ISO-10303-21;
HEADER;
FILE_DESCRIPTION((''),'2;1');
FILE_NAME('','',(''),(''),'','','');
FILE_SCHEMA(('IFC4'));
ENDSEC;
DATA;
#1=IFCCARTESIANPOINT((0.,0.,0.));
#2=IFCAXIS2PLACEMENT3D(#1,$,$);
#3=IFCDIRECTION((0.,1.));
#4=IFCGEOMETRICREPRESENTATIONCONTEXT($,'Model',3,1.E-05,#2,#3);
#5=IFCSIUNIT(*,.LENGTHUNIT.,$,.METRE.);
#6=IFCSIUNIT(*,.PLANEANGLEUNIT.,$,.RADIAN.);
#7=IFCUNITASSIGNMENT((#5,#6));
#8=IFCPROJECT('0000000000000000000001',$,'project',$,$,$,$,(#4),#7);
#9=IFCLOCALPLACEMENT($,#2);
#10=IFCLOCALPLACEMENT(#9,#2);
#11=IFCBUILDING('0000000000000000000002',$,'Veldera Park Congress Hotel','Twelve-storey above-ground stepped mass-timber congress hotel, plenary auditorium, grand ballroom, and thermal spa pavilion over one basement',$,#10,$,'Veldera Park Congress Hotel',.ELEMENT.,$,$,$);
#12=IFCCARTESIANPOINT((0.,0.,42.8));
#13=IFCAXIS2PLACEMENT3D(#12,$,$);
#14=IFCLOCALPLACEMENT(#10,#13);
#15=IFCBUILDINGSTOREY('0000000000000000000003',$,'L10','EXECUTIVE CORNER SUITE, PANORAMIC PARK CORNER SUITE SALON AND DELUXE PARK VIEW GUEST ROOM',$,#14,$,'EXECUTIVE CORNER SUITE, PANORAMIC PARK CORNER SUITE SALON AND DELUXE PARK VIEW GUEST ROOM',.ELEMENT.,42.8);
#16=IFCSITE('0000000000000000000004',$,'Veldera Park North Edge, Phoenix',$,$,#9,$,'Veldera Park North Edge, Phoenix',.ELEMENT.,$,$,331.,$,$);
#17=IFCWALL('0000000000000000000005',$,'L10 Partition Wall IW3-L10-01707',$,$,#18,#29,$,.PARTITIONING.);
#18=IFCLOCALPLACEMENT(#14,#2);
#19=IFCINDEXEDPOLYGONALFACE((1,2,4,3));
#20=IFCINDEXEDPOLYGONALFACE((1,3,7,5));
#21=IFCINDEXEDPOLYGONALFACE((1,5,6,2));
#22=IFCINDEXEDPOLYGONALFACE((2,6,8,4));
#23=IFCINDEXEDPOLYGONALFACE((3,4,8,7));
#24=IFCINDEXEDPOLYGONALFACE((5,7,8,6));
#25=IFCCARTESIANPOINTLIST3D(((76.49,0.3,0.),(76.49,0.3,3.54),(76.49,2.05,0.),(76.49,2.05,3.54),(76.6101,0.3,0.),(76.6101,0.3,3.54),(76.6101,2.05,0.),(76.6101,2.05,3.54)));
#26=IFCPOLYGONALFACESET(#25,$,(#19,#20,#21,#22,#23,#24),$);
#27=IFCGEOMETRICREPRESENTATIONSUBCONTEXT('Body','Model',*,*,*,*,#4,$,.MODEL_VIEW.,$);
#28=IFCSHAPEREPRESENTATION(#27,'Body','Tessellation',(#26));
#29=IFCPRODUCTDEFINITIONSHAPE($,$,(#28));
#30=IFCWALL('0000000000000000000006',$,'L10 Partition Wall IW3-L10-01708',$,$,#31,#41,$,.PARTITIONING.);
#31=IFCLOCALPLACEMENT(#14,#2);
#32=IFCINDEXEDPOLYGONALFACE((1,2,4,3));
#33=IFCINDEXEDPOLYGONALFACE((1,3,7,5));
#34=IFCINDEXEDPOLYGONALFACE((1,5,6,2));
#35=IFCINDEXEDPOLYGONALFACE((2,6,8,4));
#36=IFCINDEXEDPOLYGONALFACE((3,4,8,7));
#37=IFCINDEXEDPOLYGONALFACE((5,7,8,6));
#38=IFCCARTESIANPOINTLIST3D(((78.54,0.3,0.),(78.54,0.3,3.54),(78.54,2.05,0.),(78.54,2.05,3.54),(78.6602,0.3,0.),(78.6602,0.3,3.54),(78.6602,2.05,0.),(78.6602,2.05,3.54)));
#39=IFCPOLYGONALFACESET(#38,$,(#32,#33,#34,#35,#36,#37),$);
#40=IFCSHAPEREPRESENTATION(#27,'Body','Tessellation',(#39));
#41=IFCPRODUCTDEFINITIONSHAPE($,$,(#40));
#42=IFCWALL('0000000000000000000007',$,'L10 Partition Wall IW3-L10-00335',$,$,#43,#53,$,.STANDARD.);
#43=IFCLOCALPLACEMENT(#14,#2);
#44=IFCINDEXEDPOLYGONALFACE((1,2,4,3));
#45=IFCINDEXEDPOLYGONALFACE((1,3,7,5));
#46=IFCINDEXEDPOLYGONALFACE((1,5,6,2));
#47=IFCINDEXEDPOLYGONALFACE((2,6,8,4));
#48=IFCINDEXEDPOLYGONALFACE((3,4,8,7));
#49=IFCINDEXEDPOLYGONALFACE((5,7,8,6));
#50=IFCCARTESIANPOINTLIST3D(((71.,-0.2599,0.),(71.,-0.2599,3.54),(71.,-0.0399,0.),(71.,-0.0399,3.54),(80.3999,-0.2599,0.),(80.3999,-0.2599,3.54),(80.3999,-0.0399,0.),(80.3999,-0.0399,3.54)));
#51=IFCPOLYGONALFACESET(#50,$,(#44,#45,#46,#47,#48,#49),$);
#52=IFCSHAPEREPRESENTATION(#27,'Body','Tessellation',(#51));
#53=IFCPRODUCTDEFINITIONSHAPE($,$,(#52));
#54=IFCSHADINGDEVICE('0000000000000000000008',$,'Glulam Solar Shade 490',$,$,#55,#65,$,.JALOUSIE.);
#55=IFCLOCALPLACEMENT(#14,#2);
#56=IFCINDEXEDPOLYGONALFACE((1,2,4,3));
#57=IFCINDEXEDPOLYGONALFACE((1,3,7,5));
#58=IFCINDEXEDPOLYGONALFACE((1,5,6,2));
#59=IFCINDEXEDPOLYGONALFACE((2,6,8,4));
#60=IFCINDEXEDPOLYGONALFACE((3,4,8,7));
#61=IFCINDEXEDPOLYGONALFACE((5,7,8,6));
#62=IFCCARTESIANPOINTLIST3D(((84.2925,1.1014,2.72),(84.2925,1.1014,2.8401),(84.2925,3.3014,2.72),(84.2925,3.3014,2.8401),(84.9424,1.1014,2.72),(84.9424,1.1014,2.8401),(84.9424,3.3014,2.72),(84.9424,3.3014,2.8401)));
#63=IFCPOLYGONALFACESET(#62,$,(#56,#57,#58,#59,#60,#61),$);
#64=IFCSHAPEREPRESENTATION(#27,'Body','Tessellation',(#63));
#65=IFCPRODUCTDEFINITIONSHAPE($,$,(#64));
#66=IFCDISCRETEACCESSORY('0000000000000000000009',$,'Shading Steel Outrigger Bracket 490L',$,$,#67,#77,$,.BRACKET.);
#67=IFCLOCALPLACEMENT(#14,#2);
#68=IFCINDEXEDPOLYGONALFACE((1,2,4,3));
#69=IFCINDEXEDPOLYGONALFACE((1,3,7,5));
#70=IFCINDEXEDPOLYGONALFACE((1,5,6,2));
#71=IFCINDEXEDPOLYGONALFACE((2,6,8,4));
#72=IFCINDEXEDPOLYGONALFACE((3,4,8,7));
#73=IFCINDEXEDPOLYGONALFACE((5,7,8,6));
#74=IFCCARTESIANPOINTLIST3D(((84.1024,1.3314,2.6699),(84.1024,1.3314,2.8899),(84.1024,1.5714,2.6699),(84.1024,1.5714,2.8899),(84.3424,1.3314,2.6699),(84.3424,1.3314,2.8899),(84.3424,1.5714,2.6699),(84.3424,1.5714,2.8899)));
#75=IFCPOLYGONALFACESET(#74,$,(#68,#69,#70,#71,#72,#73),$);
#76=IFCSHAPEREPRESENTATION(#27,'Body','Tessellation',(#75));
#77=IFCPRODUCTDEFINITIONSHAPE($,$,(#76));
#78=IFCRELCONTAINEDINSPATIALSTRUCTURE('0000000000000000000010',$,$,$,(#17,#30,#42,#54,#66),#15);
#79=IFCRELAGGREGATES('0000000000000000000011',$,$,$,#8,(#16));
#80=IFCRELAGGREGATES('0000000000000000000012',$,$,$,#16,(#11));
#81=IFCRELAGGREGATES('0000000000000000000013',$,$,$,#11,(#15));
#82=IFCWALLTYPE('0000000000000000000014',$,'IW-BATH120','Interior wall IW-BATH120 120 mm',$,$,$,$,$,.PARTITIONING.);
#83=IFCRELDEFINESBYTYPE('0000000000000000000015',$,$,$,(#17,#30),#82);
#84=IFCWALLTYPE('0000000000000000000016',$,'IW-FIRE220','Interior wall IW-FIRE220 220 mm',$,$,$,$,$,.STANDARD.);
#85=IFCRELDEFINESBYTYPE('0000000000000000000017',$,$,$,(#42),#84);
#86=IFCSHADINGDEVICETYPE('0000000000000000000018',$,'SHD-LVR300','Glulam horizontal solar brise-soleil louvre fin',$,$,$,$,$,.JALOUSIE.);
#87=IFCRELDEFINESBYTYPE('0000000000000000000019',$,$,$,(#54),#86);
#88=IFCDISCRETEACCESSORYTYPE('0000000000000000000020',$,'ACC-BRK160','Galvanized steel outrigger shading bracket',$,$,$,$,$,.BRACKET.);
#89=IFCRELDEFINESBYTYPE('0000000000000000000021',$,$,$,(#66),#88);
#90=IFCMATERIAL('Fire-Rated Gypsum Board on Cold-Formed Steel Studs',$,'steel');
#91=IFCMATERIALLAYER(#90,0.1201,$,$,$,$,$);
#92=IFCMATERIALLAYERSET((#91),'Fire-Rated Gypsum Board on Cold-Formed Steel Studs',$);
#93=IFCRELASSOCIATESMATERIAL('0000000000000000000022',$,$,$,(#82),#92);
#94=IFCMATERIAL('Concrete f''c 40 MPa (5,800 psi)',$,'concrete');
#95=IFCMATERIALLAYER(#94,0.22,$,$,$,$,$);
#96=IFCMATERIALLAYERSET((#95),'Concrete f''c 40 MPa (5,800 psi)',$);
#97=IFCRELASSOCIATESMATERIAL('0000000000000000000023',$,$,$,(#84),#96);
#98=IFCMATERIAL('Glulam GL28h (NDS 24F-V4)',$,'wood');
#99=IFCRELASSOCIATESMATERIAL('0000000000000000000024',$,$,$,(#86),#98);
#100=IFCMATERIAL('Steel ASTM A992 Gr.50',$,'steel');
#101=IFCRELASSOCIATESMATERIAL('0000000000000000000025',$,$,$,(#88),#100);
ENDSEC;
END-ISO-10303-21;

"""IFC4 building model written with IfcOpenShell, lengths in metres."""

from ifc_helpers import new_model, si_unit, direction, frame, frame_2d, origin, origin_2d, place, context, subcontext, project, spatial, rectangle, extrude, material, layer, layer_set, type_object, element, save


model = new_model("IFC4")

# Units and contexts
model_context = context("Model", 3, precision=1e-05, world=origin(), true_north=direction((0.0, 1.0)))
body_context = subcontext(model_context, "Body", "Model", "MODEL_VIEW")
ifc_project = project(units=[si_unit("LENGTHUNIT", "METRE"), si_unit("PLANEANGLEUNIT", "RADIAN")], contexts=[model_context])

# Site, building, storey
site_placement = place(None, origin())
site = spatial("IfcSite", under=ifc_project, at=site_placement, Name="Veldera Park North Edge, Phoenix", LongName="Veldera Park North Edge, Phoenix", CompositionType="ELEMENT", RefElevation=331.0)
building_placement = place(site_placement, origin())
building = spatial("IfcBuilding", under=site, at=building_placement, Name="Veldera Park Congress Hotel", Description="Twelve-storey above-ground stepped mass-timber congress hotel, plenary auditorium, grand ballroom, and thermal spa pavilion over one basement", LongName="Veldera Park Congress Hotel", CompositionType="ELEMENT")
storey_placement = place(building_placement, frame((0.0, 0.0, 42.8)))
storey = spatial("IfcBuildingStorey", under=building, at=storey_placement, Name="L10", Description="EXECUTIVE CORNER SUITE, PANORAMIC PARK CORNER SUITE SALON AND DELUXE PARK VIEW GUEST ROOM", LongName="EXECUTIVE CORNER SUITE, PANORAMIC PARK CORNER SUITE SALON AND DELUXE PARK VIEW GUEST ROOM", CompositionType="ELEMENT", Elevation=42.8)

# Shared definitions
ifc_material_1 = material(Name="Glulam GL28h (NDS 24F-V4)", Category="wood")

# Walls
ifc_material_2 = material(Name="Fire-Rated Gypsum Board on Cold-Formed Steel Studs", Category="steel")
ifc_layer_1 = layer(ifc_material_2, 0.1201)
ifc_layer_set_1 = layer_set([ifc_layer_1], Name="Fire-Rated Gypsum Board on Cold-Formed Steel Studs")
wall_type_1 = type_object("IfcWallType", Name="IW-BATH120", Description="Interior wall IW-BATH120 120 mm", PredefinedType="PARTITIONING", material=ifc_layer_set_1)
for number, where, z_axis, x_axis, name in (
    (1, (76.55, 0.3, 0.0), (0.0, 0.0, 1.0), (0.0, 1.0, 0.0), "L10 Partition Wall IW3-L10-01707"),
    (2, (78.6001, 0.3, 0.0), (0.0, 0.0, 1.0), (0.0, 1.0, 0.0), "L10 Partition Wall IW3-L10-01708"),
):
    element("IfcWall", number, at=place(storey_placement, frame(where, z_axis=z_axis, x_axis=x_axis)), inside=storey, type_object=wall_type_1, Name=name, PredefinedType="PARTITIONING", context=body_context, shape_type="SweptSolid", body=[
        extrude(rectangle(XDim=1.75, YDim=0.1201, at=frame_2d((0.875, 0.0))), origin(), (0.0, 0.0, 1.0), 3.54),
    ])

# Wall
ifc_material_3 = material(Name="Concrete f'c 40 MPa (5,800 psi)", Category="concrete")
ifc_layer_2 = layer(ifc_material_3, 0.22)
ifc_layer_set_2 = layer_set([ifc_layer_2], Name="Concrete f'c 40 MPa (5,800 psi)")
wall_type_2 = type_object("IfcWallType", Name="IW-FIRE220", Description="Interior wall IW-FIRE220 220 mm", PredefinedType="STANDARD", material=ifc_layer_set_2)
wall_1_placement = place(storey_placement, frame((80.3999, -0.1499, 0.0), z_axis=(0.0, 0.0, 1.0), x_axis=(-1.0, 0.0, 0.0)))
element("IfcWall", 3, at=wall_1_placement, inside=storey, type_object=wall_type_2, Name="L10 Partition Wall IW3-L10-00335", PredefinedType="STANDARD", context=body_context, shape_type="SweptSolid", body=[
    extrude(rectangle(XDim=9.3999, YDim=0.22, at=frame_2d((4.7, 0.0))), origin(), (0.0, 0.0, 1.0), 3.54),
])

# Shading device
shading_device_type = type_object("IfcShadingDeviceType", Name="SHD-LVR300", Description="Glulam horizontal solar brise-soleil louvre fin", PredefinedType="JALOUSIE", material=ifc_material_1)
shading_device_placement = place(storey_placement, frame((84.6174, 2.2014, 2.72), z_axis=(0.0, 0.0, 1.0), x_axis=(0.0, 1.0, 0.0)))
element("IfcShadingDevice", 4, at=shading_device_placement, inside=storey, type_object=shading_device_type, Name="Glulam Solar Shade 490", PredefinedType="JALOUSIE", context=body_context, shape_type="SweptSolid", body=[
    extrude(rectangle(XDim=2.2, YDim=0.6499, at=origin_2d()), origin(), (0.0, 0.0, 1.0), 0.1201),
])

# Discrete accessory
ifc_material_4 = material(Name="Steel ASTM A992 Gr.50", Category="steel")
discrete_accessory_type = type_object("IfcDiscreteAccessoryType", Name="ACC-BRK160", Description="Galvanized steel outrigger shading bracket", PredefinedType="BRACKET", material=ifc_material_4)
discrete_accessory_placement = place(storey_placement, frame((84.2224, 1.4514, 2.6699), z_axis=(0.0, 0.0, 1.0), x_axis=(0.0, 1.0, 0.0)))
element("IfcDiscreteAccessory", 5, at=discrete_accessory_placement, inside=storey, type_object=discrete_accessory_type, Name="Shading Steel Outrigger Bracket 490L", PredefinedType="BRACKET", context=body_context, shape_type="SweptSolid", body=[
    extrude(rectangle(XDim=0.24, YDim=0.24, at=origin_2d()), origin(), (0.0, 0.0, 1.0), 0.22),
])

save(model, "model.ifc")
